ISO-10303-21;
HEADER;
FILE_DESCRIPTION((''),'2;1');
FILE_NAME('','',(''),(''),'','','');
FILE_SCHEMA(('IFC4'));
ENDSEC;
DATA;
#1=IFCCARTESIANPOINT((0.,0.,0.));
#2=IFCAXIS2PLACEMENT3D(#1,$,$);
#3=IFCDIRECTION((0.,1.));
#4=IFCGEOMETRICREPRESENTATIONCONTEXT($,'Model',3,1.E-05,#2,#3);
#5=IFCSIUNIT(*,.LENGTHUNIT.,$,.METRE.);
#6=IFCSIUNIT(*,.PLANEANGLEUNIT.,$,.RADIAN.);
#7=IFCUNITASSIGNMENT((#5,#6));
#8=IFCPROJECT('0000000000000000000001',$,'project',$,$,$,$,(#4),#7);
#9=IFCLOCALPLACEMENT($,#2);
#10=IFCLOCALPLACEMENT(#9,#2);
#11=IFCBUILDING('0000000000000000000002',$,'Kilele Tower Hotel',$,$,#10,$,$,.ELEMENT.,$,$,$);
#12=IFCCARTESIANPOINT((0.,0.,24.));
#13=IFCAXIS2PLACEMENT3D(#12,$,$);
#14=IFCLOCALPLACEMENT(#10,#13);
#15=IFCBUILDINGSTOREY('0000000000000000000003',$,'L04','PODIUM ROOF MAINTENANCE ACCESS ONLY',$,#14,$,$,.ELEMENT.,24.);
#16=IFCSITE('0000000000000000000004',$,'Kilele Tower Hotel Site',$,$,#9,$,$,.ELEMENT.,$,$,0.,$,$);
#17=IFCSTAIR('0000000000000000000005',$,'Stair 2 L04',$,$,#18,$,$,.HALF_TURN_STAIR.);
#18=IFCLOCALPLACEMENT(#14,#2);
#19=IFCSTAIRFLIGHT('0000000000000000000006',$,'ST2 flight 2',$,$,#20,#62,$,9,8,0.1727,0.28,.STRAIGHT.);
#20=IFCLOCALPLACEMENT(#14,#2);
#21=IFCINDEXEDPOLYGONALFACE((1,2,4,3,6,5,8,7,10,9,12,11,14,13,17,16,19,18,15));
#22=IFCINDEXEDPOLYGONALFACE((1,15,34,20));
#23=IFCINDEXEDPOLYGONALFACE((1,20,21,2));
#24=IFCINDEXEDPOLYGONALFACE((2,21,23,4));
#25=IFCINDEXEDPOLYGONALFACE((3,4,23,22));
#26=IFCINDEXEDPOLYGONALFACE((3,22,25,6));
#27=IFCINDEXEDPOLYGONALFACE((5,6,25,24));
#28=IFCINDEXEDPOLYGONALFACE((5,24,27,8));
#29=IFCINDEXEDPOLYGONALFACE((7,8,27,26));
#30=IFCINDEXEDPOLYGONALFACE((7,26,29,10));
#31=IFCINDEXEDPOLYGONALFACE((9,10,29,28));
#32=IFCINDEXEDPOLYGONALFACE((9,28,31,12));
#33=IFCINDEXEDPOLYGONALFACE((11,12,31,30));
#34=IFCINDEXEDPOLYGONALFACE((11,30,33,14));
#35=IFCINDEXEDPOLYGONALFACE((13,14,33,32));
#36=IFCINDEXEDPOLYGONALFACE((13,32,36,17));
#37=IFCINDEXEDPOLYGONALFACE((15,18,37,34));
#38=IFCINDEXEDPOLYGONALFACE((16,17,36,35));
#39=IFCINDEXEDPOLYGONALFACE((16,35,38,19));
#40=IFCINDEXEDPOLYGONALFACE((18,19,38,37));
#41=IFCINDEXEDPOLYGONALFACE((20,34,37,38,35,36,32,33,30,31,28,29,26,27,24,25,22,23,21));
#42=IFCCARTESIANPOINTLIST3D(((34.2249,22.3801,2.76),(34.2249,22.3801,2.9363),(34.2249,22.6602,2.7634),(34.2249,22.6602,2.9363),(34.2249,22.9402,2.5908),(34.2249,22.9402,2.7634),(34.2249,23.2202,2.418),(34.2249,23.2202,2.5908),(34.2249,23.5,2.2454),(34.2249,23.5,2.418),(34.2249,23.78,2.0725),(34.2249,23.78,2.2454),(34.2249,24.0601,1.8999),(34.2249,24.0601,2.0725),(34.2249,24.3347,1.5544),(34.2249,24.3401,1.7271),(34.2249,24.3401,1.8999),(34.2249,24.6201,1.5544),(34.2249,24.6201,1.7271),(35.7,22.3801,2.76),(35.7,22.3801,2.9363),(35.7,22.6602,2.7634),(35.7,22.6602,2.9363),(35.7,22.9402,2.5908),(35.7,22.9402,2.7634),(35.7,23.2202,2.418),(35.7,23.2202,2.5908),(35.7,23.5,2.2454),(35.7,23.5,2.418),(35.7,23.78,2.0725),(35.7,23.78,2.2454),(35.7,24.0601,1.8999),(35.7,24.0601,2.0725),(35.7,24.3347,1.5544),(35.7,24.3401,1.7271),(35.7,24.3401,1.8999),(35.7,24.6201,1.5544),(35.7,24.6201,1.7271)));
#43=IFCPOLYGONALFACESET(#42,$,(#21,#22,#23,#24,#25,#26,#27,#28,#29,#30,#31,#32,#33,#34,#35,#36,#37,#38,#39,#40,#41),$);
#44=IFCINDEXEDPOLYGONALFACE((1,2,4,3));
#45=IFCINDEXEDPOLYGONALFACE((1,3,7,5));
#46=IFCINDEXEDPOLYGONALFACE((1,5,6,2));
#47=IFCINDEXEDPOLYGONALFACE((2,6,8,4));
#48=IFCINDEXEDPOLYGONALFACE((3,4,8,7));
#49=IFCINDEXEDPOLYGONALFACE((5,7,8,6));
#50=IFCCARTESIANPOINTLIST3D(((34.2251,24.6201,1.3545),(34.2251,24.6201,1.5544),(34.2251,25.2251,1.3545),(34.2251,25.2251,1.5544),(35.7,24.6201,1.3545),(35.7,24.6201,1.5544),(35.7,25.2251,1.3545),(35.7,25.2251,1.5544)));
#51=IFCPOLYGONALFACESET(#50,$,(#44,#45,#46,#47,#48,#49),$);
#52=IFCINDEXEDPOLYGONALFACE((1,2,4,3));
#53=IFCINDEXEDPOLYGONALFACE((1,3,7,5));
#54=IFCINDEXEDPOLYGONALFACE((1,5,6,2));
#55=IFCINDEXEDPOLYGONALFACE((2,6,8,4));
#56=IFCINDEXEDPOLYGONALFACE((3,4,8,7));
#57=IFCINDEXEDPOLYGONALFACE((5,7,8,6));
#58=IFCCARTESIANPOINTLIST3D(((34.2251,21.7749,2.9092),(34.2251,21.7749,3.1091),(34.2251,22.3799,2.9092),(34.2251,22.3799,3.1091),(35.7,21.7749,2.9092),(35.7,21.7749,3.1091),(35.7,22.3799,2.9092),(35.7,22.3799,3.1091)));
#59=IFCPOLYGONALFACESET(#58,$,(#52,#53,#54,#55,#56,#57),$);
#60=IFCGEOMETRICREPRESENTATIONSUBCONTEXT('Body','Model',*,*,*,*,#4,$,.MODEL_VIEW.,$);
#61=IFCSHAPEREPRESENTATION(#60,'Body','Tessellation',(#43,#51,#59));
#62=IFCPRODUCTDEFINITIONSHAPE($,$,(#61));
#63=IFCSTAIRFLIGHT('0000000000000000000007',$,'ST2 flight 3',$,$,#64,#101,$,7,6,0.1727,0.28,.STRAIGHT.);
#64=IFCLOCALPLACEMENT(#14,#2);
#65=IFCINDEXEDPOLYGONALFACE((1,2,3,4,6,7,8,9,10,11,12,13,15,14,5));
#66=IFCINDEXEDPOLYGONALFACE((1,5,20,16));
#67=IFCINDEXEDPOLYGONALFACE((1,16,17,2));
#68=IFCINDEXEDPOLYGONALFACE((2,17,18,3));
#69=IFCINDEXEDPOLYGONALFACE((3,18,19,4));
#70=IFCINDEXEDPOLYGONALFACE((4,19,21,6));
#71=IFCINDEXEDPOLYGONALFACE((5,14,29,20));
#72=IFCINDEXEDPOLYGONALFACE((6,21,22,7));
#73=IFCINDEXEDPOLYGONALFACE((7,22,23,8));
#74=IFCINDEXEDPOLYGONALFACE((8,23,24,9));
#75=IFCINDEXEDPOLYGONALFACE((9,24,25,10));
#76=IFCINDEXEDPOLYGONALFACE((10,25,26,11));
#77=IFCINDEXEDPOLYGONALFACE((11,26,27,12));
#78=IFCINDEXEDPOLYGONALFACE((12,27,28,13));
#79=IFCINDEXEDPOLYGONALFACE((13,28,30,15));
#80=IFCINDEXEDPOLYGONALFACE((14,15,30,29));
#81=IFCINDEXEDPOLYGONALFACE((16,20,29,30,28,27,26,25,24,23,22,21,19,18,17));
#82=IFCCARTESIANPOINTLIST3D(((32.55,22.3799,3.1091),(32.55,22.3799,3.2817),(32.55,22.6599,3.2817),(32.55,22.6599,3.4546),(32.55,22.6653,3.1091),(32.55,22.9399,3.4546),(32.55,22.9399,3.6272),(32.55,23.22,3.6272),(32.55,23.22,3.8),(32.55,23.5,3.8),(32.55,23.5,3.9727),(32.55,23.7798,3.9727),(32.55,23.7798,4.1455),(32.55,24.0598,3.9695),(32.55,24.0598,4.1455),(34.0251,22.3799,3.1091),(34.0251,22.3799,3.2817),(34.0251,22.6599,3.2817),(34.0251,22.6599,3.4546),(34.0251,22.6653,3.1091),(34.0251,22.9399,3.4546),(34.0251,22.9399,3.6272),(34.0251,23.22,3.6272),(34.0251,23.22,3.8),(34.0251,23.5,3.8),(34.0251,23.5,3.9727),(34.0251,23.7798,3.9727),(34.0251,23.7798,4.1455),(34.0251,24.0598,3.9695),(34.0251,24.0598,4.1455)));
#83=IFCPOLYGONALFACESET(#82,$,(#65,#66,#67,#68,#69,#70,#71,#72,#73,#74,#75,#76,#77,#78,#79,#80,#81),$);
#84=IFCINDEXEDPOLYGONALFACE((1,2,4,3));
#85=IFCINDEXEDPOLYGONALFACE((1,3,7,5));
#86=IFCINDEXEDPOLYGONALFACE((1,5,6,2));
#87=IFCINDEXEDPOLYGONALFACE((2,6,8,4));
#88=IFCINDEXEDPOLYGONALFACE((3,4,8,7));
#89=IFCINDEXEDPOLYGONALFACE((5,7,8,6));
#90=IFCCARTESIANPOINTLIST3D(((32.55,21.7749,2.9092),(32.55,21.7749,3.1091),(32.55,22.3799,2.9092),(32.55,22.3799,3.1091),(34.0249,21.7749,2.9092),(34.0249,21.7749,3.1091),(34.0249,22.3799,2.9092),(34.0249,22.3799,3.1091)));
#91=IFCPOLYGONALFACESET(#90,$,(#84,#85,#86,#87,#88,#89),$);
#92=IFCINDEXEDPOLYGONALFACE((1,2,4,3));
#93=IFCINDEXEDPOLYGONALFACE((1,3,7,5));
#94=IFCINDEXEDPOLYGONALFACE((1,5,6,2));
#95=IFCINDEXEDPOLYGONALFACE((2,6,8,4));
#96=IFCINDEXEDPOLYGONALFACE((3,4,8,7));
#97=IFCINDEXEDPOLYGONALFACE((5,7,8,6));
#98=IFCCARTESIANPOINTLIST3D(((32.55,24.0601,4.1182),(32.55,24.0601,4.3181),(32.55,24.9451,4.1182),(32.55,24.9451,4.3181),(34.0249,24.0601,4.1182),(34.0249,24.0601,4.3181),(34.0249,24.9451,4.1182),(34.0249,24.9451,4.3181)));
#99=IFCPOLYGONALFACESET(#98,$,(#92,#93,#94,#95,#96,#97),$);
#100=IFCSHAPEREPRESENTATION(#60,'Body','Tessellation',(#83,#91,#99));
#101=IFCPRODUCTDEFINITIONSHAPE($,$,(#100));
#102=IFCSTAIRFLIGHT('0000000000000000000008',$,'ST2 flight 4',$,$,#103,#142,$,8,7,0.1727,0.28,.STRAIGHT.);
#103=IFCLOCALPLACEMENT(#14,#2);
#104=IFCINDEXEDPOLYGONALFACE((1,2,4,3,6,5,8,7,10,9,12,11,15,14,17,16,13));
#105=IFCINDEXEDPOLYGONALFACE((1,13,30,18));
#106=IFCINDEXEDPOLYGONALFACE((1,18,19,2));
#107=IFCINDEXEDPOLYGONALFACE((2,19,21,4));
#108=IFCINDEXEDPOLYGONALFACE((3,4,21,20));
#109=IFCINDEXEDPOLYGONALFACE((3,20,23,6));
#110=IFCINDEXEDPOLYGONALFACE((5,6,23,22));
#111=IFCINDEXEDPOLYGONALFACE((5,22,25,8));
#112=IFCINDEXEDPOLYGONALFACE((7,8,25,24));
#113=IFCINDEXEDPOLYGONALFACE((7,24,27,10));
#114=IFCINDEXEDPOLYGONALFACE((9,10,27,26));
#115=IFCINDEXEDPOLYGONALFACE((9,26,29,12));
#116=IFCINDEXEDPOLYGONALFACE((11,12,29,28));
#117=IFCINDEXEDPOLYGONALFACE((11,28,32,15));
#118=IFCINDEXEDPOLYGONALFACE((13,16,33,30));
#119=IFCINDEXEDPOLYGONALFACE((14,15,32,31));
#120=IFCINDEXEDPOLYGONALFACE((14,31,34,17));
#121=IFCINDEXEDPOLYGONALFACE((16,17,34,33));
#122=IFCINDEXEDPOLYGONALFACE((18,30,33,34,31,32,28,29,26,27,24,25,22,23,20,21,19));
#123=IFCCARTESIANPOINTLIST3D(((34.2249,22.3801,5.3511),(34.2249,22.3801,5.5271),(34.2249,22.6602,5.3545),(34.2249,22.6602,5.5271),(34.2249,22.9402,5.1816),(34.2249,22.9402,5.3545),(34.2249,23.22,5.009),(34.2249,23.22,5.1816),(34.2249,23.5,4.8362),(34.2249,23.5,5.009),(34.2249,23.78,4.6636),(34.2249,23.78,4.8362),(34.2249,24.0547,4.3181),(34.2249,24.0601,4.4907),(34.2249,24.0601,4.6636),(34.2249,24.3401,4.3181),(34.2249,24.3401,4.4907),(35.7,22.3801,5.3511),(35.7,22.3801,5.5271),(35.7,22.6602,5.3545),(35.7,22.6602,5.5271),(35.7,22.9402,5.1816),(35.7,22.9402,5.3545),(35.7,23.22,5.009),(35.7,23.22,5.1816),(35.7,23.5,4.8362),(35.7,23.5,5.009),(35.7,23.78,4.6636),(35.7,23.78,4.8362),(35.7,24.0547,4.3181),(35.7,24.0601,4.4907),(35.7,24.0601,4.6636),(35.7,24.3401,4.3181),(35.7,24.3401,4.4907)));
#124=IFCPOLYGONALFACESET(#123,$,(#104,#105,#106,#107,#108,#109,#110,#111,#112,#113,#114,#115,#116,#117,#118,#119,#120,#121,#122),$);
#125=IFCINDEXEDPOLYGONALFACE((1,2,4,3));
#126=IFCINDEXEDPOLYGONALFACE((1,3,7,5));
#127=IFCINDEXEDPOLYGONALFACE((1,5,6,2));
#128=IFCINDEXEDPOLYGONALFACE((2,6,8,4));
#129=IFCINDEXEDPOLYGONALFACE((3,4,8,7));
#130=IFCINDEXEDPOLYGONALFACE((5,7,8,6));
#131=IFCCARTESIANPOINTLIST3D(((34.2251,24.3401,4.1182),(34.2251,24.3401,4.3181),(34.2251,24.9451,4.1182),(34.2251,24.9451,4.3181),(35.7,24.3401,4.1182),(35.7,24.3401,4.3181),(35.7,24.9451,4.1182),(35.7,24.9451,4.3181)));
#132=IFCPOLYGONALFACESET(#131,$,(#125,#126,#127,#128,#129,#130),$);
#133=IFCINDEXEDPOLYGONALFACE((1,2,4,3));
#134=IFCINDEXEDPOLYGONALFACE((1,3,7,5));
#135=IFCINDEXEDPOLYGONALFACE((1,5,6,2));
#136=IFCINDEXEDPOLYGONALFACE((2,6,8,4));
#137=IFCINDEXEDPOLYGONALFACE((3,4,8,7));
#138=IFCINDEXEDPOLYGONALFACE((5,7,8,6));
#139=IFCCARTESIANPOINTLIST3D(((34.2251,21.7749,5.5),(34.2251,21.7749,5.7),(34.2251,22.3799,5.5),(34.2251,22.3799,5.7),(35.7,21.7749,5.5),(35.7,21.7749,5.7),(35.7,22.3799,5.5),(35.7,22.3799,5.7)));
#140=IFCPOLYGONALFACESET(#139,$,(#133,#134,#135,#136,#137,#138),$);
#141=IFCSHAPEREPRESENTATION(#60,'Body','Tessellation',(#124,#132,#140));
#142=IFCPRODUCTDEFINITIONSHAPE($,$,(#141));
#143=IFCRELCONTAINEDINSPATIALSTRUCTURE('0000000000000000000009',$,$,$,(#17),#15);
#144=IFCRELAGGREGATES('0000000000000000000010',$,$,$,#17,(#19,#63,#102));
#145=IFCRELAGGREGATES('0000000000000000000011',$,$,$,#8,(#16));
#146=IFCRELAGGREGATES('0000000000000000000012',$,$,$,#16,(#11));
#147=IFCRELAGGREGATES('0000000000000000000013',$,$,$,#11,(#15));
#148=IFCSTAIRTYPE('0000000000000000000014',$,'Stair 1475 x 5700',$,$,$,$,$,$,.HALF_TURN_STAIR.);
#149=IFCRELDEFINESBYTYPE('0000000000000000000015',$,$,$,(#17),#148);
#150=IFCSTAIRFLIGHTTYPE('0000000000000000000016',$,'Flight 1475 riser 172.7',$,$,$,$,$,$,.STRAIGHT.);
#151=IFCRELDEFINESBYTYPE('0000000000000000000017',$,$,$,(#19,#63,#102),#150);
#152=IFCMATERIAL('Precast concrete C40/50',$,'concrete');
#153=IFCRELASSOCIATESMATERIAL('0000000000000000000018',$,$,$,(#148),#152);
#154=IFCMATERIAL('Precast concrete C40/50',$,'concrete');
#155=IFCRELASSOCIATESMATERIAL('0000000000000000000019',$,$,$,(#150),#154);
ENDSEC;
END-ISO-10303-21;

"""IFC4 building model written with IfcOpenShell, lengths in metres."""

from ifc_helpers import new_model, si_unit, direction, frame, origin, place, context, subcontext, project, spatial, polyline, outline, extrude, material, type_object, element, aggregate, save


model = new_model("IFC4")

# Units and contexts
model_context = context("Model", 3, precision=1e-05, world=origin(), true_north=direction((0.0, 1.0)))
body_context = subcontext(model_context, "Body", "Model", "MODEL_VIEW")
ifc_project = project(units=[si_unit("LENGTHUNIT", "METRE"), si_unit("PLANEANGLEUNIT", "RADIAN")], contexts=[model_context])

# Site, building, storey
site_placement = place(None, origin())
site = spatial("IfcSite", under=ifc_project, at=site_placement, Name="Kilele Tower Hotel Site", CompositionType="ELEMENT", RefElevation=0.0)
building_placement = place(site_placement, origin())
building = spatial("IfcBuilding", under=site, at=building_placement, Name="Kilele Tower Hotel", CompositionType="ELEMENT")
storey_placement = place(building_placement, frame((0.0, 0.0, 24.0)))
storey = spatial("IfcBuildingStorey", under=building, at=storey_placement, Name="L04", Description="PODIUM ROOF MAINTENANCE ACCESS ONLY", CompositionType="ELEMENT", Elevation=24.0)

# Stair, stair flights
ifc_material_1 = material(Name="Precast concrete C40/50", Category="concrete")
stair_type = type_object("IfcStairType", Name="Stair 1475 x 5700", PredefinedType="HALF_TURN_STAIR", material=ifc_material_1)
stair_placement = place(storey_placement, origin())
stair = element("IfcStair", 1, at=stair_placement, inside=storey, type_object=stair_type, Name="Stair 2 L04", PredefinedType="HALF_TURN_STAIR")
ifc_material_2 = material(Name="Precast concrete C40/50", Category="concrete")
stair_flight_type = type_object("IfcStairFlightType", Name="Flight 1475 riser 172.7", PredefinedType="STRAIGHT", material=ifc_material_2)
stair_flight_1_placement = place(storey_placement, frame((34.9624, 24.6201, 1.5544), z_axis=(0.0, 0.0, 1.0), x_axis=(0.0, -1.0, 0.0)))
stair_flight_1 = element("IfcStairFlight", 2, at=stair_flight_1_placement, type_object=stair_flight_type, Name="ST2 flight 2", NumberOfRisers=9, NumberOfTreads=8, PredefinedType="STRAIGHT", RiserHeight=0.1727, TreadLength=0.28, context=body_context, shape_type="SweptSolid", body=[
    extrude(outline(polyline([(0.0, 0.0), (0.0, 0.1726), (0.28, 0.1726), (0.28, 0.3455), (0.5601, 0.3455), (0.5601, 0.5181), (0.8401, 0.5181), (0.8401, 0.6909), (1.1201, 0.6909), (1.1201, 0.8635), (1.3999, 0.8635), (1.3999, 1.0364), (1.6799, 1.0364), (1.6799, 1.209), (1.96, 1.209), (1.96, 1.3818), (2.24, 1.3818), (2.24, 1.5544), (2.24, 1.2056), (0.2854, 0.0), (0.0, 0.0)])), frame((0.0, 0.7375, 0.0), z_axis=(0.0, -1.0, 0.0), x_axis=(1.0, 0.0, 0.0)), (0.0, 0.0, 1.0), 1.4751),
    extrude(outline(polyline([(0.0, -0.7373), (0.0, 0.7375), (-0.605, 0.7375), (-0.605, -0.7373), (0.0, -0.7373)])), frame((0.0, 0.0, -0.2)), (0.0, 0.0, 1.0), 0.2),
    extrude(outline(polyline([(2.8452, -0.7373), (2.8452, 0.7375), (2.2402, 0.7375), (2.2402, -0.7373), (2.8452, -0.7373)])), frame((0.0, 0.0, 1.3547)), (0.0, 0.0, 1.0), 0.2),
])
stair_flight_2_placement = place(storey_placement, frame((33.2876, 22.3799, 3.1091), z_axis=(0.0, 0.0, 1.0), x_axis=(0.0, 1.0, 0.0)))
stair_flight_2 = element("IfcStairFlight", 3, at=stair_flight_2_placement, type_object=stair_flight_type, Name="ST2 flight 3", NumberOfRisers=7, NumberOfTreads=6, PredefinedType="STRAIGHT", RiserHeight=0.1727, TreadLength=0.28, context=body_context, shape_type="SweptSolid", body=[
    extrude(outline(polyline([(0.0, 0.0), (0.0, 0.1726), (0.28, 0.1726), (0.28, 0.3455), (0.5601, 0.3455), (0.5601, 0.5181), (0.8401, 0.5181), (0.8401, 0.6909), (1.1201, 0.6909), (1.1201, 0.8635), (1.3999, 0.8635), (1.3999, 1.0364), (1.6799, 1.0364), (1.6799, 1.209), (1.6799, 0.8604), (0.2854, 0.0), (0.0, 0.0)])), frame((0.0, 0.7375, 0.0), z_axis=(0.0, -1.0, 0.0), x_axis=(1.0, 0.0, 0.0)), (0.0, 0.0, 1.0), 1.4751),
    extrude(outline(polyline([(-0.605, 0.7375), (-0.605, -0.7373), (0.0, -0.7373), (0.0, 0.7375), (-0.605, 0.7375)])), frame((0.0, 0.0, -0.2)), (0.0, 0.0, 1.0), 0.2),
    extrude(outline(polyline([(1.6802, 0.7375), (1.6802, -0.7373), (2.5652, -0.7373), (2.5652, 0.7375), (1.6802, 0.7375)])), frame((0.0, 0.0, 1.009)), (0.0, 0.0, 1.0), 0.2),
])
stair_flight_3_placement = place(storey_placement, frame((34.9624, 24.3401, 4.3181), z_axis=(0.0, 0.0, 1.0), x_axis=(0.0, -1.0, 0.0)))
stair_flight_3 = element("IfcStairFlight", 4, at=stair_flight_3_placement, type_object=stair_flight_type, Name="ST2 flight 4", NumberOfRisers=8, NumberOfTreads=7, PredefinedType="STRAIGHT", RiserHeight=0.1727, TreadLength=0.28, context=body_context, shape_type="SweptSolid", body=[
    extrude(outline(polyline([(0.0, 0.0), (0.0, 0.1726), (0.28, 0.1726), (0.28, 0.3455), (0.5601, 0.3455), (0.5601, 0.5181), (0.8401, 0.5181), (0.8401, 0.6909), (1.1201, 0.6909), (1.1201, 0.8635), (1.3999, 0.8635), (1.3999, 1.0364), (1.6799, 1.0364), (1.6799, 1.209), (1.96, 1.209), (1.96, 1.3818), (1.96, 1.033), (0.2854, 0.0), (0.0, 0.0)])), frame((0.0, 0.7375, 0.0), z_axis=(0.0, -1.0, 0.0), x_axis=(1.0, 0.0, 0.0)), (0.0, 0.0, 1.0), 1.4751),
    extrude(outline(polyline([(0.0, -0.7373), (0.0, 0.7375), (-0.605, 0.7375), (-0.605, -0.7373), (0.0, -0.7373)])), frame((0.0, 0.0, -0.2)), (0.0, 0.0, 1.0), 0.2),
    extrude(outline(polyline([(2.5652, -0.7373), (2.5652, 0.7375), (1.9602, 0.7375), (1.9602, -0.7373), (2.5652, -0.7373)])), frame((0.0, 0.0, 1.1819)), (0.0, 0.0, 1.0), 0.2),
])
aggregate(stair, [stair_flight_1, stair_flight_2, stair_flight_3])

save(model, "model.ifc")
